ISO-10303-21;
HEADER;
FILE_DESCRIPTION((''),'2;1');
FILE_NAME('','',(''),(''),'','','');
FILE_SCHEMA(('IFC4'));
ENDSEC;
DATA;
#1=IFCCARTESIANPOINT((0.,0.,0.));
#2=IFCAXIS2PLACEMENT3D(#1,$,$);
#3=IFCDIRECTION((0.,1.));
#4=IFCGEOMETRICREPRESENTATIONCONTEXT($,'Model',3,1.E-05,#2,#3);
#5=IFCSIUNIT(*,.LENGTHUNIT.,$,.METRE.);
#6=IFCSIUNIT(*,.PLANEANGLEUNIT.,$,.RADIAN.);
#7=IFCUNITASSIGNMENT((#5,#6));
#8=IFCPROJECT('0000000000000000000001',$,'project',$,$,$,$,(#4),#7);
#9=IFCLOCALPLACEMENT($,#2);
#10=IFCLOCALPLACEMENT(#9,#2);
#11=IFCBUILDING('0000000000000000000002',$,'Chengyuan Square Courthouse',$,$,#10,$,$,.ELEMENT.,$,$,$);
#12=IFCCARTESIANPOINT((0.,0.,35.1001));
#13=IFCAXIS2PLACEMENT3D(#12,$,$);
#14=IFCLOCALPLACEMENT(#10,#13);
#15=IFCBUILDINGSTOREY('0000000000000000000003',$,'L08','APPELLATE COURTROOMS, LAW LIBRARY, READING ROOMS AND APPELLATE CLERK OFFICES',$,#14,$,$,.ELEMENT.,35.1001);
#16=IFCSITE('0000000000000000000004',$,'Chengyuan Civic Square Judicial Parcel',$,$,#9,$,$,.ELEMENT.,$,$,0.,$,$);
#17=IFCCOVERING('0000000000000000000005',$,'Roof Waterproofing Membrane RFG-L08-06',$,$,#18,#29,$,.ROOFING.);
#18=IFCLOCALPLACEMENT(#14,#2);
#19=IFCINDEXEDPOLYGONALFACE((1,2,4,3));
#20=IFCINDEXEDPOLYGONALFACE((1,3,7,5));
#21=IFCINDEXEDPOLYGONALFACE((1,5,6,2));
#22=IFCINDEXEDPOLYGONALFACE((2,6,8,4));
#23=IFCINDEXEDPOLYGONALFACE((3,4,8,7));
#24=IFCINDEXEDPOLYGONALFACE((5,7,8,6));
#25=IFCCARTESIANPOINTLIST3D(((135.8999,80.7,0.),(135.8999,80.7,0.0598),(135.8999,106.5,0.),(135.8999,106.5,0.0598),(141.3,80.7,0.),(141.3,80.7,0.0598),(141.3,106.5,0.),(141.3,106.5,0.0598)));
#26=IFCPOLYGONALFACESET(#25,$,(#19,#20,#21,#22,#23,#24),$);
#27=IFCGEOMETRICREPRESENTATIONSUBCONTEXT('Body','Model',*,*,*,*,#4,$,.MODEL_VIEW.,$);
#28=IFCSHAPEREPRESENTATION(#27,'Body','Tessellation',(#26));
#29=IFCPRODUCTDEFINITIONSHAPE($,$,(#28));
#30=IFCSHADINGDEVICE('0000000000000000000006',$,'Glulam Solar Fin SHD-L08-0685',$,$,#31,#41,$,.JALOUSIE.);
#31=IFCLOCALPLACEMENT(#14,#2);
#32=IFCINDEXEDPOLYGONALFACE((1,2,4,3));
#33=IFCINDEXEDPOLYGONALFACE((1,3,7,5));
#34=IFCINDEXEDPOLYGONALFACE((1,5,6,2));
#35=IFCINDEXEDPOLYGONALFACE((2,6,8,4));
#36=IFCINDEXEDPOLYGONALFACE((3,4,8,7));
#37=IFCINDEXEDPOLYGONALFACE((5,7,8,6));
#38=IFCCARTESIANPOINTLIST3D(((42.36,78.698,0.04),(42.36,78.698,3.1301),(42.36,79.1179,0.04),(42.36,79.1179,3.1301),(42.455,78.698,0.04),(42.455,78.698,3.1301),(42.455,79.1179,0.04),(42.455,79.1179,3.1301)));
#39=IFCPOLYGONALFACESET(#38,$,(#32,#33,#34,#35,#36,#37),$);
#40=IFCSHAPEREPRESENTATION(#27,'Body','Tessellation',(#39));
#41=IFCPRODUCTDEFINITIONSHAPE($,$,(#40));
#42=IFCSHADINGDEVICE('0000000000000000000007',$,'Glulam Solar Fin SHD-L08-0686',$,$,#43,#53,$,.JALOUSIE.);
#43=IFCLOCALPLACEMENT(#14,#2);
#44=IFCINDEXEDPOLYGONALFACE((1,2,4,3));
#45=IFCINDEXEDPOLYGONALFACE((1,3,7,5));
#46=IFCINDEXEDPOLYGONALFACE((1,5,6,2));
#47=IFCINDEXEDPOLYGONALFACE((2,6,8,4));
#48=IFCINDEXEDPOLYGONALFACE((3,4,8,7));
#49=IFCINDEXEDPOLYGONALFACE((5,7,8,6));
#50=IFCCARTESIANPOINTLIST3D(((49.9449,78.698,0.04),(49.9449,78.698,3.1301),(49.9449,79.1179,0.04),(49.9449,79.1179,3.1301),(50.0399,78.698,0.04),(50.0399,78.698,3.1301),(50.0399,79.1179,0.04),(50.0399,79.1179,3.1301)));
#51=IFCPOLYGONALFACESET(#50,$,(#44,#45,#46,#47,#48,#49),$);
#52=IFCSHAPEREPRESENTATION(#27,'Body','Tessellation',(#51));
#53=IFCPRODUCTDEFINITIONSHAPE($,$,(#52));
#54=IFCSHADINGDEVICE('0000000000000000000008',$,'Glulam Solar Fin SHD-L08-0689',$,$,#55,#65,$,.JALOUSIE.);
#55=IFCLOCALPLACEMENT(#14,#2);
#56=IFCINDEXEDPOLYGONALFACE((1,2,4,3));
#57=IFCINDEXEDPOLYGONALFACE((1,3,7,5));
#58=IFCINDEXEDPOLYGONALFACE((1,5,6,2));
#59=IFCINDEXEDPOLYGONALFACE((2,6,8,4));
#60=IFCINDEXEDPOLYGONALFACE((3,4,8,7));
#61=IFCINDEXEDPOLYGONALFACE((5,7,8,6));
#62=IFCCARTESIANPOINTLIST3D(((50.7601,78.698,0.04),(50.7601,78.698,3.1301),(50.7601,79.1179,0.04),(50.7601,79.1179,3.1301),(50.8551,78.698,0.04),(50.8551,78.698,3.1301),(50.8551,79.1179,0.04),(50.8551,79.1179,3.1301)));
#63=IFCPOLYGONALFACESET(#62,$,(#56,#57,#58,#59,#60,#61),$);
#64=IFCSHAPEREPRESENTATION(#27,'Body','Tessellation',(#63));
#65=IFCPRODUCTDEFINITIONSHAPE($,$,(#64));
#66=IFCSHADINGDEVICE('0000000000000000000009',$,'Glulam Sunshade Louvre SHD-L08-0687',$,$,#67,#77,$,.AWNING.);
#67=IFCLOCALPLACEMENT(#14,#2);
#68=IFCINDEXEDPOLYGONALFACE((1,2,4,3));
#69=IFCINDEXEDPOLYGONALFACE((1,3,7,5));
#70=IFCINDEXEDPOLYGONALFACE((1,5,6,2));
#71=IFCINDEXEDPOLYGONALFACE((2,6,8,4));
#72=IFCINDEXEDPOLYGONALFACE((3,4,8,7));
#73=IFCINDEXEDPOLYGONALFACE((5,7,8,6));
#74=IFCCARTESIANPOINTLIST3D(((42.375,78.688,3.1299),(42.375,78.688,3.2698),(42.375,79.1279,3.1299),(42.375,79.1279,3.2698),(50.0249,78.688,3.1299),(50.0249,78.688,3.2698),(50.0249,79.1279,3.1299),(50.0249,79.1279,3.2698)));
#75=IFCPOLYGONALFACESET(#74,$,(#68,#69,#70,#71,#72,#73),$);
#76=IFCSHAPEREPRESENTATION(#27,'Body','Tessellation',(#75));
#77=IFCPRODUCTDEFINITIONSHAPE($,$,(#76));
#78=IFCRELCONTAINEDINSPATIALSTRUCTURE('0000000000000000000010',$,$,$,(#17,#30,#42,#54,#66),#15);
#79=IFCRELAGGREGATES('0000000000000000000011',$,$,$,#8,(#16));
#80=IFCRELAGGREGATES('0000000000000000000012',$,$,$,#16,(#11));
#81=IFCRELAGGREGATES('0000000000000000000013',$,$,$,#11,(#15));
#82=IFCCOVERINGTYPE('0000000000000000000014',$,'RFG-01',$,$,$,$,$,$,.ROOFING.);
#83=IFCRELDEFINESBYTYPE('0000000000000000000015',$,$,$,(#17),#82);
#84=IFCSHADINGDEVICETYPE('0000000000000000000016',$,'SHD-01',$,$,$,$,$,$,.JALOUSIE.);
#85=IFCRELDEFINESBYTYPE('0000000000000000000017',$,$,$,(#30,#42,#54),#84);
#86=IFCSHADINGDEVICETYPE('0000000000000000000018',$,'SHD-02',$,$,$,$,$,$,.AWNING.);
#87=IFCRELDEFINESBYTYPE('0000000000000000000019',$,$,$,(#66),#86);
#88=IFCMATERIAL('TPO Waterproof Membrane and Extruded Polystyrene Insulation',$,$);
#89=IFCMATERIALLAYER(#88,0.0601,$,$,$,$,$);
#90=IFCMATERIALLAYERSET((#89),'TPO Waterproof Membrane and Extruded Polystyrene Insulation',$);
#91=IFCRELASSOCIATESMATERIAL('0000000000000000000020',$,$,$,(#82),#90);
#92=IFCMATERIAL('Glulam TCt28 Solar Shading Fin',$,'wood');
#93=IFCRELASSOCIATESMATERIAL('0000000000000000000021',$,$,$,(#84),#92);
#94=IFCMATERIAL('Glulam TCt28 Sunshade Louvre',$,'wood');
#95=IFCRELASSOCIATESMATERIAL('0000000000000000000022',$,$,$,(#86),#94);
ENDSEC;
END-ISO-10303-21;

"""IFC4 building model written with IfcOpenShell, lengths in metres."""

from ifc_helpers import new_model, si_unit, direction, frame, origin, origin_2d, place, context, subcontext, project, spatial, polyline, rectangle, outline, extrude, material, layer, layer_set, type_object, element, save


model = new_model("IFC4")

# Units and contexts
model_context = context("Model", 3, precision=1e-05, world=origin(), true_north=direction((0.0, 1.0)))
body_context = subcontext(model_context, "Body", "Model", "MODEL_VIEW")
ifc_project = project(units=[si_unit("LENGTHUNIT", "METRE"), si_unit("PLANEANGLEUNIT", "RADIAN")], contexts=[model_context])

# Site, building, storey
site_placement = place(None, origin())
site = spatial("IfcSite", under=ifc_project, at=site_placement, Name="Chengyuan Civic Square Judicial Parcel", CompositionType="ELEMENT", RefElevation=0.0)
building_placement = place(site_placement, origin())
building = spatial("IfcBuilding", under=site, at=building_placement, Name="Chengyuan Square Courthouse", CompositionType="ELEMENT")
storey_placement = place(building_placement, frame((0.0, 0.0, 35.1001)))
storey = spatial("IfcBuildingStorey", under=building, at=storey_placement, Name="L08", Description="APPELLATE COURTROOMS, LAW LIBRARY, READING ROOMS AND APPELLATE CLERK OFFICES", CompositionType="ELEMENT", Elevation=35.1001)

# Covering
ifc_material_1 = material(Name="TPO Waterproof Membrane and Extruded Polystyrene Insulation")
ifc_layer_1 = layer(ifc_material_1, 0.0601)
ifc_layer_set_1 = layer_set([ifc_layer_1], Name="TPO Waterproof Membrane and Extruded Polystyrene Insulation")
covering_type_1 = type_object("IfcCoveringType", Name="RFG-01", PredefinedType="ROOFING", material=ifc_layer_set_1)
covering_1_placement = place(storey_placement, origin())
element("IfcCovering", 1, at=covering_1_placement, inside=storey, type_object=covering_type_1, Name="Roof Waterproofing Membrane RFG-L08-06", PredefinedType="ROOFING", context=body_context, shape_type="SweptSolid", body=[
    extrude(outline(polyline([(135.8999, 80.7), (141.3, 80.7), (141.3, 106.5), (135.8999, 106.5), (135.8999, 80.7)])), origin(), (0.0, 0.0, 1.0), 0.0598),
])

# Shading devices
ifc_material_2 = material(Name="Glulam TCt28 Solar Shading Fin", Category="wood")
shading_device_type_1 = type_object("IfcShadingDeviceType", Name="SHD-01", PredefinedType="JALOUSIE", material=ifc_material_2)
for number, where, z_axis, x_axis, name in (
    (2, (42.4075, 78.908, 0.04), (0.0, 0.0, 1.0), (0.0, 1.0, 0.0), "Glulam Solar Fin SHD-L08-0685"),
    (3, (49.9924, 78.908, 0.04), (0.0, 0.0, 1.0), (0.0, 1.0, 0.0), "Glulam Solar Fin SHD-L08-0686"),
    (4, (50.8076, 78.908, 0.04), (0.0, 0.0, 1.0), (0.0, 1.0, 0.0), "Glulam Solar Fin SHD-L08-0689"),
):
    element("IfcShadingDevice", number, at=place(storey_placement, frame(where, z_axis=z_axis, x_axis=x_axis)), inside=storey, type_object=shading_device_type_1, Name=name, PredefinedType="JALOUSIE", context=body_context, shape_type="SweptSolid", body=[
        extrude(rectangle(XDim=0.4199, YDim=0.095, at=origin_2d()), origin(), (0.0, 0.0, 1.0), 3.0901),
    ])
ifc_material_3 = material(Name="Glulam TCt28 Sunshade Louvre", Category="wood")
shading_device_type_2 = type_object("IfcShadingDeviceType", Name="SHD-02", PredefinedType="AWNING", material=ifc_material_3)
shading_device_placement = place(storey_placement, frame((46.2, 78.908, 3.1299), z_axis=(0.0, 0.0, 1.0), x_axis=(1.0, 0.0, 0.0)))
element("IfcShadingDevice", 5, at=shading_device_placement, inside=storey, type_object=shading_device_type_2, Name="Glulam Sunshade Louvre SHD-L08-0687", PredefinedType="AWNING", context=body_context, shape_type="SweptSolid", body=[
    extrude(rectangle(XDim=7.6499, YDim=0.4399, at=origin_2d()), origin(), (0.0, 0.0, 1.0), 0.1399),
])

save(model, "model.ifc")
